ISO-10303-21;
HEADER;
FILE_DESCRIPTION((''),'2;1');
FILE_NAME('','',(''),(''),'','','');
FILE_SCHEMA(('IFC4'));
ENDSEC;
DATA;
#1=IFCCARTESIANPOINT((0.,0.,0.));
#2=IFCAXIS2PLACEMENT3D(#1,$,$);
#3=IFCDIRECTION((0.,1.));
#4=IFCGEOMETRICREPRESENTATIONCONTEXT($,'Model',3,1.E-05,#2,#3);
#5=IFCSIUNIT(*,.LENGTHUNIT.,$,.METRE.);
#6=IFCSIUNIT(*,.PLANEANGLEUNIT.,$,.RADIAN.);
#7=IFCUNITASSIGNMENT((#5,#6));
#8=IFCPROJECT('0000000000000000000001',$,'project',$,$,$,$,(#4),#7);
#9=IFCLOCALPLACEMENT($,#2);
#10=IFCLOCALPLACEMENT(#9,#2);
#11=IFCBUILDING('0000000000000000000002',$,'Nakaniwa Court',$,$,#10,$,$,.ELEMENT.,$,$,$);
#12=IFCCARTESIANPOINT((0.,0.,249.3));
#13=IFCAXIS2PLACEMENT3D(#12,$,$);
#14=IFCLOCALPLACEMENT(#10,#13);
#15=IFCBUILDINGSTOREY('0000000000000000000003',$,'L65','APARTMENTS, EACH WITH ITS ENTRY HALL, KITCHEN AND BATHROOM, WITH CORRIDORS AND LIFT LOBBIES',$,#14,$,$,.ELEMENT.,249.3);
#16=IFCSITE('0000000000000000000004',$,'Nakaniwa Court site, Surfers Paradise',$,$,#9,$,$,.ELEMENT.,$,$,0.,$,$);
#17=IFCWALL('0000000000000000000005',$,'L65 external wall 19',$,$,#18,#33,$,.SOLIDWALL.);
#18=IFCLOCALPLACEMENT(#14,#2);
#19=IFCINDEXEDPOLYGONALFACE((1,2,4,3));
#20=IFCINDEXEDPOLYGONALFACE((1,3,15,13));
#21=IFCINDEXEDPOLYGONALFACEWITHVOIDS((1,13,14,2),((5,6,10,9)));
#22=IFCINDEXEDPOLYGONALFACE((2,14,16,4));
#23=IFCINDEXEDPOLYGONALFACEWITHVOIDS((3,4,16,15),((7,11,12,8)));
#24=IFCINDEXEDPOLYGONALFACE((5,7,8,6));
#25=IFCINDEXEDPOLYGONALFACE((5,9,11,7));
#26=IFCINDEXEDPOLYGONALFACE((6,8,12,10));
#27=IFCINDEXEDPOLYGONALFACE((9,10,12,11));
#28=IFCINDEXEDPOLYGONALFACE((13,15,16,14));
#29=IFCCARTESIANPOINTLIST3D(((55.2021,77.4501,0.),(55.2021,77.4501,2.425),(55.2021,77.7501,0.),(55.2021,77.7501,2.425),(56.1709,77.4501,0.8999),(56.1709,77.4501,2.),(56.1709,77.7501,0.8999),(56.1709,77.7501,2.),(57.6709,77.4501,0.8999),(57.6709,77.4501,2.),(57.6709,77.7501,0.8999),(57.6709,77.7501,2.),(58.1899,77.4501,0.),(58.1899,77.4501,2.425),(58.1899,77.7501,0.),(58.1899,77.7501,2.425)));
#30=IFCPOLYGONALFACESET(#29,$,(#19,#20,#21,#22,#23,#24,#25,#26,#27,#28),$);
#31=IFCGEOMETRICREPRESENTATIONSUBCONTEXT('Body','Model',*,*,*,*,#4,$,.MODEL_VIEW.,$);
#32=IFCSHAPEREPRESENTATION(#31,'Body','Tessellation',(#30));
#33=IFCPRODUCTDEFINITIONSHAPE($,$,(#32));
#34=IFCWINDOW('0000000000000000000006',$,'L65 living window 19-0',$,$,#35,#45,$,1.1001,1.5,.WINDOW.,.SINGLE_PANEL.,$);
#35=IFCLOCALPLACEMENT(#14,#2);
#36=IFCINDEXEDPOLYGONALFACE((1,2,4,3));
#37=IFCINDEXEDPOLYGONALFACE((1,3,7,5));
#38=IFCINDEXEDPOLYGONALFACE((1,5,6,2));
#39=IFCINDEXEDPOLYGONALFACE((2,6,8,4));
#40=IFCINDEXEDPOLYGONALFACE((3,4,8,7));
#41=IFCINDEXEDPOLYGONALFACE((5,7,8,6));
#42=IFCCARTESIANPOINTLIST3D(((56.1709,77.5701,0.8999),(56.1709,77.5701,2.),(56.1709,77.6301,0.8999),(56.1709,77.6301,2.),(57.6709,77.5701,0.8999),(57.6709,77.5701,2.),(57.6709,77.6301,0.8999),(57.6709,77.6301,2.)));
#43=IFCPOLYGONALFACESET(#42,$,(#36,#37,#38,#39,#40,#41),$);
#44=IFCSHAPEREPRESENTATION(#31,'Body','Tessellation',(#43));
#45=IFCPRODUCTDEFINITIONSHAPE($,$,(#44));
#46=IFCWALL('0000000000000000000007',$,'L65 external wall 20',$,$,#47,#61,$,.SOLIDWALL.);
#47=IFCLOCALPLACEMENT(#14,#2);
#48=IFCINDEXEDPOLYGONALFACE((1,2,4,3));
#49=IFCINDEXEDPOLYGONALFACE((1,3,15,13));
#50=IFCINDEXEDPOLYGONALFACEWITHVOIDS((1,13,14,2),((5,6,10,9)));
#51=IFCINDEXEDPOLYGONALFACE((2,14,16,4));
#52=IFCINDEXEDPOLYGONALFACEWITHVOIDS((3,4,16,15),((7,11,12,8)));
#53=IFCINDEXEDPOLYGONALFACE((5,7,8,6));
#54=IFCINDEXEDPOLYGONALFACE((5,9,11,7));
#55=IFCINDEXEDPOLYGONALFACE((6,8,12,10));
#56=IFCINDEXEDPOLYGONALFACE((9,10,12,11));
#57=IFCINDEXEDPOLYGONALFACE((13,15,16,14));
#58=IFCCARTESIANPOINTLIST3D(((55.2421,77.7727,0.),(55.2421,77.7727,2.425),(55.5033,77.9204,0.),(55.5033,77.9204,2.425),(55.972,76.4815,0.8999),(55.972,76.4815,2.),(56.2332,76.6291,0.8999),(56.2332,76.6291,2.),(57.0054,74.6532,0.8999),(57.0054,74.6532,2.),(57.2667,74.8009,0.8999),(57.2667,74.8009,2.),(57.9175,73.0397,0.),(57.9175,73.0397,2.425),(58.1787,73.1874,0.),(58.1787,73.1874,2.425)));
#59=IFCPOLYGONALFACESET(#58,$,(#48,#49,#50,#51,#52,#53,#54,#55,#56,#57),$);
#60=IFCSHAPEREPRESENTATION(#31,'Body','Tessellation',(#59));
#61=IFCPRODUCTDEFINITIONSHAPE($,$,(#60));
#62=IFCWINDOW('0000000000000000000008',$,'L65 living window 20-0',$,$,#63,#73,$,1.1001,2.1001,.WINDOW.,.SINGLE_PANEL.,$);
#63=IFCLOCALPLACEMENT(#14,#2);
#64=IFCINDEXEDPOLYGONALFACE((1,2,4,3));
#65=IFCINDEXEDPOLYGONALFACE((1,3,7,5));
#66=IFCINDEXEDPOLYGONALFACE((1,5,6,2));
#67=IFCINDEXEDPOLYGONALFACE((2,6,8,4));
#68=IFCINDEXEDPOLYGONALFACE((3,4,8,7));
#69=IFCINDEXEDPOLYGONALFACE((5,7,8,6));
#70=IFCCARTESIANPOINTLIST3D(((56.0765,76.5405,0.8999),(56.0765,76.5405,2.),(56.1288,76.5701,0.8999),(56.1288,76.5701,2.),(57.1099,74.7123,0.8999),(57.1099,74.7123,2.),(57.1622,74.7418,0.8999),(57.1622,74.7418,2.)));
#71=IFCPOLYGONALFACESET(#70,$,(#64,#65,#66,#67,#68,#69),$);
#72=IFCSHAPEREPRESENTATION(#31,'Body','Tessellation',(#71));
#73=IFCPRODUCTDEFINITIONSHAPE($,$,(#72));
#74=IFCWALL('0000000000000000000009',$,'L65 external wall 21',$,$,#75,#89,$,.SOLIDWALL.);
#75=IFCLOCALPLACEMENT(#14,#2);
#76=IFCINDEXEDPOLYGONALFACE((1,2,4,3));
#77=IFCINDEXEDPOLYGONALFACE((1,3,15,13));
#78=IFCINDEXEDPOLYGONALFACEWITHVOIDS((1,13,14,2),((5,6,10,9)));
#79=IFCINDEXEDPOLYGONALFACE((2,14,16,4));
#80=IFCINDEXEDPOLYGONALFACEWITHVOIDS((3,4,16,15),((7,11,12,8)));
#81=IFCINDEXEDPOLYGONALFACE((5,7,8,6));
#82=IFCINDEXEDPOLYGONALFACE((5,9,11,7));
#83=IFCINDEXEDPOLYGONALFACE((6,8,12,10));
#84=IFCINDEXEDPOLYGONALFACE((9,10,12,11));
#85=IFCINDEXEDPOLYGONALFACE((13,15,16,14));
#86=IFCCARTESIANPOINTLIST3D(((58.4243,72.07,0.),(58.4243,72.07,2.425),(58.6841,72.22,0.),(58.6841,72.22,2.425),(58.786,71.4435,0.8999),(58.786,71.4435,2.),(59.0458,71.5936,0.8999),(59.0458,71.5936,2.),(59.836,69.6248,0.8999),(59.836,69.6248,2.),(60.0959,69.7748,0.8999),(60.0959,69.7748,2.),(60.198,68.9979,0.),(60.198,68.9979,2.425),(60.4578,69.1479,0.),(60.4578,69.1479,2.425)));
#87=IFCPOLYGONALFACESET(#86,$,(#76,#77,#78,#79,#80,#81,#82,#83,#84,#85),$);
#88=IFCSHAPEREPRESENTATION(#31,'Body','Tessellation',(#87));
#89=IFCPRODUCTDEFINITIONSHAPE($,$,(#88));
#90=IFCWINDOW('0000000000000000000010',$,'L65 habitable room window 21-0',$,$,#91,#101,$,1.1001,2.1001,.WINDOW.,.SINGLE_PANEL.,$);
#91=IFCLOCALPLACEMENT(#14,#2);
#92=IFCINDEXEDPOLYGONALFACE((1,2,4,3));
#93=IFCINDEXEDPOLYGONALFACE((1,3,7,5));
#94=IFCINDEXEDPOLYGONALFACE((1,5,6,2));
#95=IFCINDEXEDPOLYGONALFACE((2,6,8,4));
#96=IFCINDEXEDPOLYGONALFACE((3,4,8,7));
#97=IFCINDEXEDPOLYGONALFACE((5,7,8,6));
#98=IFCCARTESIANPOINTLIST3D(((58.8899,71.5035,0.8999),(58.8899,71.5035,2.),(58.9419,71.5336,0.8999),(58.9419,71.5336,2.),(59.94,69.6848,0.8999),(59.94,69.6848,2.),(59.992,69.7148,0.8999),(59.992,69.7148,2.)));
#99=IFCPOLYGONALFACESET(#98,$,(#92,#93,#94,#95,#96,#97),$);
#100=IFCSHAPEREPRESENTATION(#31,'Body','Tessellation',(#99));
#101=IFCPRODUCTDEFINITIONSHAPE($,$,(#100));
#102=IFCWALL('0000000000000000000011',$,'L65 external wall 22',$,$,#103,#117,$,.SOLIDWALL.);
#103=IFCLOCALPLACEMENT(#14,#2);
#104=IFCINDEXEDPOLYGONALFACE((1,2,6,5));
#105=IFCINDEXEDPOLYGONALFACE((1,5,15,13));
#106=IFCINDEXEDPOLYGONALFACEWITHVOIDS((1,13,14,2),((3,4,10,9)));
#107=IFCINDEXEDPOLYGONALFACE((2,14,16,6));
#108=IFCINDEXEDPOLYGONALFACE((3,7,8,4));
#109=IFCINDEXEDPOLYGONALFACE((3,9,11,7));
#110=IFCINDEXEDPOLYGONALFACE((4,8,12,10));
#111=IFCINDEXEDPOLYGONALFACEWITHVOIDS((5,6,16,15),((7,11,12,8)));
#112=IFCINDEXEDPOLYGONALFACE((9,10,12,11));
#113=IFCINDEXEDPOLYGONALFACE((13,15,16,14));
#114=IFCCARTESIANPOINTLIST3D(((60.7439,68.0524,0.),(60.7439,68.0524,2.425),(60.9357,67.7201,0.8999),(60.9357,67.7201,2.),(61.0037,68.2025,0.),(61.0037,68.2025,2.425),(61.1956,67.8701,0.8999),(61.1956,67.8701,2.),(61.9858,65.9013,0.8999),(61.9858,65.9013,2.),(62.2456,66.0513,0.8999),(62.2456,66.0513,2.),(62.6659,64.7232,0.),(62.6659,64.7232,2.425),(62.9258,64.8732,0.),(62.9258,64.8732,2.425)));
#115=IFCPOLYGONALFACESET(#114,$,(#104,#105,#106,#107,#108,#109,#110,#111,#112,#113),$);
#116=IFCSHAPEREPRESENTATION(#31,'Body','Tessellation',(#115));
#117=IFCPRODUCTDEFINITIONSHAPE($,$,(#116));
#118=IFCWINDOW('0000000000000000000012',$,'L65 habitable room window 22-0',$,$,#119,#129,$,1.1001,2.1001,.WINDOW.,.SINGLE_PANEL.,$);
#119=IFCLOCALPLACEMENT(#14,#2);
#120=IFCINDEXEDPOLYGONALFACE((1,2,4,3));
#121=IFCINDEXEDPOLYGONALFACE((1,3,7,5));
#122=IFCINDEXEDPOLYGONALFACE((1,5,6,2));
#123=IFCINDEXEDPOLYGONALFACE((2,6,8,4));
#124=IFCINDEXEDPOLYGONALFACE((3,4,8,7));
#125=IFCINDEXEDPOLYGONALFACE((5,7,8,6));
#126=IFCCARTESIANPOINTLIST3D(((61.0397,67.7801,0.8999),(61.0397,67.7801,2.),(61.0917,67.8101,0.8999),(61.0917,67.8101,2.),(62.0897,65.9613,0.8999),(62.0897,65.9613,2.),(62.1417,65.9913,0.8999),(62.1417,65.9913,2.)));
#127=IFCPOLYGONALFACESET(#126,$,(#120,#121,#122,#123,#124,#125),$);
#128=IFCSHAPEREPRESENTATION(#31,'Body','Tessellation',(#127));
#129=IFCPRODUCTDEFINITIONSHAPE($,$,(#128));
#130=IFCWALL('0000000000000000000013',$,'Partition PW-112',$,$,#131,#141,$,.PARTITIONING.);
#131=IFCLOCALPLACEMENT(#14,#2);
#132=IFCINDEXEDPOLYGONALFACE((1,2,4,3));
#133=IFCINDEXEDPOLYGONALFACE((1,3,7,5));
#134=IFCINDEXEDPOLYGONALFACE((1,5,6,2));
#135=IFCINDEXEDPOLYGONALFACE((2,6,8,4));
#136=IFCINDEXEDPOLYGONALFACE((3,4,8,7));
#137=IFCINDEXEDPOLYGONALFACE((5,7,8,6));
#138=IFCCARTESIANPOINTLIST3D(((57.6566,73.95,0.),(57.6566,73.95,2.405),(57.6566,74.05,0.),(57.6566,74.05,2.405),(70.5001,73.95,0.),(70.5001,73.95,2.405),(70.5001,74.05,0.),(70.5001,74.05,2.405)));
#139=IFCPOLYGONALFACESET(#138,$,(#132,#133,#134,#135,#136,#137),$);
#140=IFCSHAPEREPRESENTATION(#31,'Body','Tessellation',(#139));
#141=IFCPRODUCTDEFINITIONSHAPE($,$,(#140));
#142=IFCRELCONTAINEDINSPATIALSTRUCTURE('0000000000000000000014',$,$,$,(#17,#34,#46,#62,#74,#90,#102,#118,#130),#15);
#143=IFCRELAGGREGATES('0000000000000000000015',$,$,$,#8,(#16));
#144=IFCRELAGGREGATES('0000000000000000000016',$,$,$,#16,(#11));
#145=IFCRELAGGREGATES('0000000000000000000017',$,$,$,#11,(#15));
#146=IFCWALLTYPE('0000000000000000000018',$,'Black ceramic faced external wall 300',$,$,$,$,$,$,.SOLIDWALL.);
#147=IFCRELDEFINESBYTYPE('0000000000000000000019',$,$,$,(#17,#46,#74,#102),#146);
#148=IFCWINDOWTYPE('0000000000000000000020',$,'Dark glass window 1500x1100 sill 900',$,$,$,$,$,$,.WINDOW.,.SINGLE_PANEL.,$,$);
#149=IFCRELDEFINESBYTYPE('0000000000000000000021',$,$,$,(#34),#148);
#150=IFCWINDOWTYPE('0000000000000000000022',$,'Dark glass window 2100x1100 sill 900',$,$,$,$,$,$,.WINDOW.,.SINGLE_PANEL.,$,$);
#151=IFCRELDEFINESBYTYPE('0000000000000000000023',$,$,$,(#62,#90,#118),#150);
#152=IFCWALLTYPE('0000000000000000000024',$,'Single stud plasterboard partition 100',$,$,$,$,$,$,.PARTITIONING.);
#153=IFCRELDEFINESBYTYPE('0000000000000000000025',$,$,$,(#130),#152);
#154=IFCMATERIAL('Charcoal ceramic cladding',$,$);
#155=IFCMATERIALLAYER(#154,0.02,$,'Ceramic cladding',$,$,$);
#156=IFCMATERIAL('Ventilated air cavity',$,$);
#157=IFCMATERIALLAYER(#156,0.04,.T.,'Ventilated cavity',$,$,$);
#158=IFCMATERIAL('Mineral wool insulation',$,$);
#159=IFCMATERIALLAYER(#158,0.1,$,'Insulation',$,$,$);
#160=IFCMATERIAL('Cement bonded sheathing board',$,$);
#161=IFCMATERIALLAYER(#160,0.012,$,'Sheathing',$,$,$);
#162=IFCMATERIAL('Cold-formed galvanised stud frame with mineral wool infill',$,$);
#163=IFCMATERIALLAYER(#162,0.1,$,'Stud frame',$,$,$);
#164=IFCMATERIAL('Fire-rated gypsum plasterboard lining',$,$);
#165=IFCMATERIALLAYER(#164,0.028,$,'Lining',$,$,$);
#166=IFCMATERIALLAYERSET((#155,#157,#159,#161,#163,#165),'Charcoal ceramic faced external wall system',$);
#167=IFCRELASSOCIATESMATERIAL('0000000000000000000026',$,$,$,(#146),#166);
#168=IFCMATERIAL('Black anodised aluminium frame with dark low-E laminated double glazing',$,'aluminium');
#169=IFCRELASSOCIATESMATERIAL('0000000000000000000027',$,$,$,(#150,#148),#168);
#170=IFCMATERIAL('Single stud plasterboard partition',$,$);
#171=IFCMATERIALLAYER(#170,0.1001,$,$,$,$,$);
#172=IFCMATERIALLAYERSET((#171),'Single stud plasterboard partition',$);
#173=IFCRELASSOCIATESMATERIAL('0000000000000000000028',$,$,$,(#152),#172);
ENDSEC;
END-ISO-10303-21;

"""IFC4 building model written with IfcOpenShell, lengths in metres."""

from ifc_helpers import new_model, si_unit, direction, frame, frame_2d, origin, place, context, subcontext, project, spatial, rectangle, extrude, material, layer, layer_set, type_object, element, fill, save


model = new_model("IFC4")

# Units and contexts
model_context = context("Model", 3, precision=1e-05, world=origin(), true_north=direction((0.0, 1.0)))
body_context = subcontext(model_context, "Body", "Model", "MODEL_VIEW")
ifc_project = project(units=[si_unit("LENGTHUNIT", "METRE"), si_unit("PLANEANGLEUNIT", "RADIAN")], contexts=[model_context])

# Site, building, storey
site_placement = place(None, origin())
site = spatial("IfcSite", under=ifc_project, at=site_placement, Name="Nakaniwa Court site, Surfers Paradise", CompositionType="ELEMENT", RefElevation=0.0)
building_placement = place(site_placement, origin())
building = spatial("IfcBuilding", under=site, at=building_placement, Name="Nakaniwa Court", CompositionType="ELEMENT")
storey_placement = place(building_placement, frame((0.0, 0.0, 249.3)))
storey = spatial("IfcBuildingStorey", under=building, at=storey_placement, Name="L65", Description="APARTMENTS, EACH WITH ITS ENTRY HALL, KITCHEN AND BATHROOM, WITH CORRIDORS AND LIFT LOBBIES", CompositionType="ELEMENT", Elevation=249.3)

# Walls, openings, windows
ifc_material_1 = material(Name="Charcoal ceramic cladding")
ifc_layer_1 = layer(ifc_material_1, 0.02, Name="Ceramic cladding")
ifc_material_2 = material(Name="Ventilated air cavity")
ifc_layer_2 = layer(ifc_material_2, 0.04, ventilated=True, Name="Ventilated cavity")
ifc_material_3 = material(Name="Mineral wool insulation")
ifc_layer_3 = layer(ifc_material_3, 0.1, Name="Insulation")
ifc_material_4 = material(Name="Cement bonded sheathing board")
ifc_layer_4 = layer(ifc_material_4, 0.012, Name="Sheathing")
ifc_material_5 = material(Name="Cold-formed galvanised stud frame with mineral wool infill")
ifc_layer_5 = layer(ifc_material_5, 0.1, Name="Stud frame")
ifc_material_6 = material(Name="Fire-rated gypsum plasterboard lining")
ifc_layer_6 = layer(ifc_material_6, 0.028, Name="Lining")
ifc_layer_set_1 = layer_set([ifc_layer_1, ifc_layer_2, ifc_layer_3, ifc_layer_4, ifc_layer_5, ifc_layer_6], Name="Charcoal ceramic faced external wall system")
wall_type_1 = type_object("IfcWallType", Name="Black ceramic faced external wall 300", PredefinedType="SOLIDWALL", material=ifc_layer_set_1)
ifc_material_7 = material(Name="Black anodised aluminium frame with dark low-E laminated double glazing", Category="aluminium")
window_type_1 = type_object("IfcWindowType", Name="Dark glass window 2100x1100 sill 900", PartitioningType="SINGLE_PANEL", PredefinedType="WINDOW", material=ifc_material_7)
wall_1_placement = place(storey_placement, frame((58.1899, 77.6001, 0.0), z_axis=(0.0, 0.0, 1.0), x_axis=(-1.0, 0.0, 0.0)))
wall_1 = element("IfcWall", 1, at=wall_1_placement, inside=storey, type_object=wall_type_1, Name="L65 external wall 19", PredefinedType="SOLIDWALL", context=body_context, shape_type="SweptSolid", body=[
    extrude(rectangle(XDim=2.9878, YDim=0.3, at=frame_2d((1.4939, 0.0))), origin(), (0.0, 0.0, 1.0), 2.425),
])
opening_1_placement = place(wall_1_placement, frame((0.519, 0.0, 0.8999)))
opening_1 = element("IfcOpeningElement", 2, at=opening_1_placement, cuts=wall_1, PredefinedType="OPENING", context=body_context, shape_type="SweptSolid", body=[
    extrude(rectangle(XDim=1.5, YDim=1.1001, at=frame_2d((0.75, 0.55))), frame((0.0, 0.1599, 0.0), z_axis=(0.0, -1.0, 0.0), x_axis=(1.0, 0.0, 0.0)), (0.0, 0.0, 1.0), 0.3201),
])
window_type_2 = type_object("IfcWindowType", Name="Dark glass window 1500x1100 sill 900", PartitioningType="SINGLE_PANEL", PredefinedType="WINDOW", material=ifc_material_7)
window_1_placement = place(opening_1_placement, origin())
window_1 = element("IfcWindow", 3, at=window_1_placement, inside=storey, type_object=window_type_2, Name="L65 living window 19-0", OverallHeight=1.1001, OverallWidth=1.5, PartitioningType="SINGLE_PANEL", PredefinedType="WINDOW", context=body_context, shape_type="SweptSolid", body=[
    extrude(rectangle(XDim=1.5, YDim=1.1001, at=frame_2d((0.75, 0.55))), frame((0.0, 0.03, 0.0), z_axis=(0.0, -1.0, 0.0), x_axis=(1.0, 0.0, 0.0)), (0.0, 0.0, 1.0), 0.0601),
])
fill(opening_1, window_1)
wall_2_placement = place(storey_placement, frame((55.3728, 77.8464, 0.0), z_axis=(0.0, 0.0, 1.0), x_axis=(0.492081, -0.870549, 0.0)))
wall_2 = element("IfcWall", 4, at=wall_2_placement, inside=storey, type_object=wall_type_1, Name="L65 external wall 20", PredefinedType="SOLIDWALL", context=body_context, shape_type="SweptSolid", body=[
    extrude(rectangle(XDim=5.4368, YDim=0.3, at=frame_2d((2.7183, 0.0))), origin(), (0.0, 0.0, 1.0), 2.425),
])
opening_2_placement = place(wall_2_placement, frame((1.4832, 0.0, 0.8999)))
opening_2 = element("IfcOpeningElement", 5, at=opening_2_placement, cuts=wall_2, PredefinedType="OPENING", context=body_context, shape_type="SweptSolid", body=[
    extrude(rectangle(XDim=2.1001, YDim=1.1001, at=frame_2d((1.05, 0.55))), frame((0.0, 0.1599, 0.0), z_axis=(0.0, -1.0, 0.0), x_axis=(1.0, 0.0, 0.0)), (0.0, 0.0, 1.0), 0.3201),
])
window_2_placement = place(opening_2_placement, origin())
window_2 = element("IfcWindow", 6, at=window_2_placement, inside=storey, type_object=window_type_1, Name="L65 living window 20-0", OverallHeight=1.1001, OverallWidth=2.1001, PartitioningType="SINGLE_PANEL", PredefinedType="WINDOW", context=body_context, shape_type="SweptSolid", body=[
    extrude(rectangle(XDim=2.1001, YDim=1.1001, at=frame_2d((1.05, 0.55))), frame((0.0, 0.03, 0.0), z_axis=(0.0, -1.0, 0.0), x_axis=(1.0, 0.0, 0.0)), (0.0, 0.0, 1.0), 0.0601),
])
fill(opening_2, window_2)
wall_3_placement = place(storey_placement, frame((58.5542, 72.145, 0.0), z_axis=(0.0, 0.0, 1.0), x_axis=(0.50001, -0.866019, 0.0)))
wall_3 = element("IfcWall", 7, at=wall_3_placement, inside=storey, type_object=wall_type_1, Name="L65 external wall 21", PredefinedType="SOLIDWALL", context=body_context, shape_type="SweptSolid", body=[
    extrude(rectangle(XDim=3.5474, YDim=0.3, at=frame_2d((1.7737, 0.0))), origin(), (0.0, 0.0, 1.0), 2.425),
])
opening_3_placement = place(wall_3_placement, frame((0.7234, 0.0, 0.8999)))
opening_3 = element("IfcOpeningElement", 8, at=opening_3_placement, cuts=wall_3, PredefinedType="OPENING", context=body_context, shape_type="SweptSolid", body=[
    extrude(rectangle(XDim=2.1001, YDim=1.1001, at=frame_2d((1.05, 0.55))), frame((0.0, 0.1599, 0.0), z_axis=(0.0, -1.0, 0.0), x_axis=(1.0, 0.0, 0.0)), (0.0, 0.0, 1.0), 0.3201),
])
window_3_placement = place(opening_3_placement, origin())
window_3 = element("IfcWindow", 9, at=window_3_placement, inside=storey, type_object=window_type_1, Name="L65 habitable room window 21-0", OverallHeight=1.1001, OverallWidth=2.1001, PartitioningType="SINGLE_PANEL", PredefinedType="WINDOW", context=body_context, shape_type="SweptSolid", body=[
    extrude(rectangle(XDim=2.1001, YDim=1.1001, at=frame_2d((1.05, 0.55))), frame((0.0, 0.03, 0.0), z_axis=(0.0, -1.0, 0.0), x_axis=(1.0, 0.0, 0.0)), (0.0, 0.0, 1.0), 0.0601),
])
fill(opening_3, window_3)
wall_4_placement = place(storey_placement, frame((60.8738, 68.1274, 0.0), z_axis=(0.0, 0.0, 1.0), x_axis=(0.499984, -0.866034, 0.0)))
wall_4 = element("IfcWall", 10, at=wall_4_placement, inside=storey, type_object=wall_type_1, Name="L65 external wall 22", PredefinedType="SOLIDWALL", context=body_context, shape_type="SweptSolid", body=[
    extrude(rectangle(XDim=3.8442, YDim=0.3, at=frame_2d((1.9221, 0.0))), origin(), (0.0, 0.0, 1.0), 2.425),
])
opening_4_placement = place(wall_4_placement, frame((0.3838, 0.0, 0.8999)))
opening_4 = element("IfcOpeningElement", 11, at=opening_4_placement, cuts=wall_4, PredefinedType="OPENING", context=body_context, shape_type="SweptSolid", body=[
    extrude(rectangle(XDim=2.1001, YDim=1.1001, at=frame_2d((1.05, 0.55))), frame((0.0, 0.1599, 0.0), z_axis=(0.0, -1.0, 0.0), x_axis=(1.0, 0.0, 0.0)), (0.0, 0.0, 1.0), 0.3201),
])
window_4_placement = place(opening_4_placement, origin())
window_4 = element("IfcWindow", 12, at=window_4_placement, inside=storey, type_object=window_type_1, Name="L65 habitable room window 22-0", OverallHeight=1.1001, OverallWidth=2.1001, PartitioningType="SINGLE_PANEL", PredefinedType="WINDOW", context=body_context, shape_type="SweptSolid", body=[
    extrude(rectangle(XDim=2.1001, YDim=1.1001, at=frame_2d((1.05, 0.55))), frame((0.0, 0.03, 0.0), z_axis=(0.0, -1.0, 0.0), x_axis=(1.0, 0.0, 0.0)), (0.0, 0.0, 1.0), 0.0601),
])
fill(opening_4, window_4)

# Wall
ifc_material_8 = material(Name="Single stud plasterboard partition")
ifc_layer_7 = layer(ifc_material_8, 0.1001)
ifc_layer_set_2 = layer_set([ifc_layer_7], Name="Single stud plasterboard partition")
wall_type_2 = type_object("IfcWallType", Name="Single stud plasterboard partition 100", PredefinedType="PARTITIONING", material=ifc_layer_set_2)
wall_5_placement = place(storey_placement, frame((57.6565, 74.0, 0.0), z_axis=(0.0, 0.0, 1.0), x_axis=(1.0, 0.0, 0.0)))
element("IfcWall", 13, at=wall_5_placement, inside=storey, type_object=wall_type_2, Name="Partition PW-112", PredefinedType="PARTITIONING", context=body_context, shape_type="SweptSolid", body=[
    extrude(rectangle(XDim=12.8435, YDim=0.1001, at=frame_2d((6.4219, 0.0))), origin(), (0.0, 0.0, 1.0), 2.405),
])

save(model, "model.ifc")
